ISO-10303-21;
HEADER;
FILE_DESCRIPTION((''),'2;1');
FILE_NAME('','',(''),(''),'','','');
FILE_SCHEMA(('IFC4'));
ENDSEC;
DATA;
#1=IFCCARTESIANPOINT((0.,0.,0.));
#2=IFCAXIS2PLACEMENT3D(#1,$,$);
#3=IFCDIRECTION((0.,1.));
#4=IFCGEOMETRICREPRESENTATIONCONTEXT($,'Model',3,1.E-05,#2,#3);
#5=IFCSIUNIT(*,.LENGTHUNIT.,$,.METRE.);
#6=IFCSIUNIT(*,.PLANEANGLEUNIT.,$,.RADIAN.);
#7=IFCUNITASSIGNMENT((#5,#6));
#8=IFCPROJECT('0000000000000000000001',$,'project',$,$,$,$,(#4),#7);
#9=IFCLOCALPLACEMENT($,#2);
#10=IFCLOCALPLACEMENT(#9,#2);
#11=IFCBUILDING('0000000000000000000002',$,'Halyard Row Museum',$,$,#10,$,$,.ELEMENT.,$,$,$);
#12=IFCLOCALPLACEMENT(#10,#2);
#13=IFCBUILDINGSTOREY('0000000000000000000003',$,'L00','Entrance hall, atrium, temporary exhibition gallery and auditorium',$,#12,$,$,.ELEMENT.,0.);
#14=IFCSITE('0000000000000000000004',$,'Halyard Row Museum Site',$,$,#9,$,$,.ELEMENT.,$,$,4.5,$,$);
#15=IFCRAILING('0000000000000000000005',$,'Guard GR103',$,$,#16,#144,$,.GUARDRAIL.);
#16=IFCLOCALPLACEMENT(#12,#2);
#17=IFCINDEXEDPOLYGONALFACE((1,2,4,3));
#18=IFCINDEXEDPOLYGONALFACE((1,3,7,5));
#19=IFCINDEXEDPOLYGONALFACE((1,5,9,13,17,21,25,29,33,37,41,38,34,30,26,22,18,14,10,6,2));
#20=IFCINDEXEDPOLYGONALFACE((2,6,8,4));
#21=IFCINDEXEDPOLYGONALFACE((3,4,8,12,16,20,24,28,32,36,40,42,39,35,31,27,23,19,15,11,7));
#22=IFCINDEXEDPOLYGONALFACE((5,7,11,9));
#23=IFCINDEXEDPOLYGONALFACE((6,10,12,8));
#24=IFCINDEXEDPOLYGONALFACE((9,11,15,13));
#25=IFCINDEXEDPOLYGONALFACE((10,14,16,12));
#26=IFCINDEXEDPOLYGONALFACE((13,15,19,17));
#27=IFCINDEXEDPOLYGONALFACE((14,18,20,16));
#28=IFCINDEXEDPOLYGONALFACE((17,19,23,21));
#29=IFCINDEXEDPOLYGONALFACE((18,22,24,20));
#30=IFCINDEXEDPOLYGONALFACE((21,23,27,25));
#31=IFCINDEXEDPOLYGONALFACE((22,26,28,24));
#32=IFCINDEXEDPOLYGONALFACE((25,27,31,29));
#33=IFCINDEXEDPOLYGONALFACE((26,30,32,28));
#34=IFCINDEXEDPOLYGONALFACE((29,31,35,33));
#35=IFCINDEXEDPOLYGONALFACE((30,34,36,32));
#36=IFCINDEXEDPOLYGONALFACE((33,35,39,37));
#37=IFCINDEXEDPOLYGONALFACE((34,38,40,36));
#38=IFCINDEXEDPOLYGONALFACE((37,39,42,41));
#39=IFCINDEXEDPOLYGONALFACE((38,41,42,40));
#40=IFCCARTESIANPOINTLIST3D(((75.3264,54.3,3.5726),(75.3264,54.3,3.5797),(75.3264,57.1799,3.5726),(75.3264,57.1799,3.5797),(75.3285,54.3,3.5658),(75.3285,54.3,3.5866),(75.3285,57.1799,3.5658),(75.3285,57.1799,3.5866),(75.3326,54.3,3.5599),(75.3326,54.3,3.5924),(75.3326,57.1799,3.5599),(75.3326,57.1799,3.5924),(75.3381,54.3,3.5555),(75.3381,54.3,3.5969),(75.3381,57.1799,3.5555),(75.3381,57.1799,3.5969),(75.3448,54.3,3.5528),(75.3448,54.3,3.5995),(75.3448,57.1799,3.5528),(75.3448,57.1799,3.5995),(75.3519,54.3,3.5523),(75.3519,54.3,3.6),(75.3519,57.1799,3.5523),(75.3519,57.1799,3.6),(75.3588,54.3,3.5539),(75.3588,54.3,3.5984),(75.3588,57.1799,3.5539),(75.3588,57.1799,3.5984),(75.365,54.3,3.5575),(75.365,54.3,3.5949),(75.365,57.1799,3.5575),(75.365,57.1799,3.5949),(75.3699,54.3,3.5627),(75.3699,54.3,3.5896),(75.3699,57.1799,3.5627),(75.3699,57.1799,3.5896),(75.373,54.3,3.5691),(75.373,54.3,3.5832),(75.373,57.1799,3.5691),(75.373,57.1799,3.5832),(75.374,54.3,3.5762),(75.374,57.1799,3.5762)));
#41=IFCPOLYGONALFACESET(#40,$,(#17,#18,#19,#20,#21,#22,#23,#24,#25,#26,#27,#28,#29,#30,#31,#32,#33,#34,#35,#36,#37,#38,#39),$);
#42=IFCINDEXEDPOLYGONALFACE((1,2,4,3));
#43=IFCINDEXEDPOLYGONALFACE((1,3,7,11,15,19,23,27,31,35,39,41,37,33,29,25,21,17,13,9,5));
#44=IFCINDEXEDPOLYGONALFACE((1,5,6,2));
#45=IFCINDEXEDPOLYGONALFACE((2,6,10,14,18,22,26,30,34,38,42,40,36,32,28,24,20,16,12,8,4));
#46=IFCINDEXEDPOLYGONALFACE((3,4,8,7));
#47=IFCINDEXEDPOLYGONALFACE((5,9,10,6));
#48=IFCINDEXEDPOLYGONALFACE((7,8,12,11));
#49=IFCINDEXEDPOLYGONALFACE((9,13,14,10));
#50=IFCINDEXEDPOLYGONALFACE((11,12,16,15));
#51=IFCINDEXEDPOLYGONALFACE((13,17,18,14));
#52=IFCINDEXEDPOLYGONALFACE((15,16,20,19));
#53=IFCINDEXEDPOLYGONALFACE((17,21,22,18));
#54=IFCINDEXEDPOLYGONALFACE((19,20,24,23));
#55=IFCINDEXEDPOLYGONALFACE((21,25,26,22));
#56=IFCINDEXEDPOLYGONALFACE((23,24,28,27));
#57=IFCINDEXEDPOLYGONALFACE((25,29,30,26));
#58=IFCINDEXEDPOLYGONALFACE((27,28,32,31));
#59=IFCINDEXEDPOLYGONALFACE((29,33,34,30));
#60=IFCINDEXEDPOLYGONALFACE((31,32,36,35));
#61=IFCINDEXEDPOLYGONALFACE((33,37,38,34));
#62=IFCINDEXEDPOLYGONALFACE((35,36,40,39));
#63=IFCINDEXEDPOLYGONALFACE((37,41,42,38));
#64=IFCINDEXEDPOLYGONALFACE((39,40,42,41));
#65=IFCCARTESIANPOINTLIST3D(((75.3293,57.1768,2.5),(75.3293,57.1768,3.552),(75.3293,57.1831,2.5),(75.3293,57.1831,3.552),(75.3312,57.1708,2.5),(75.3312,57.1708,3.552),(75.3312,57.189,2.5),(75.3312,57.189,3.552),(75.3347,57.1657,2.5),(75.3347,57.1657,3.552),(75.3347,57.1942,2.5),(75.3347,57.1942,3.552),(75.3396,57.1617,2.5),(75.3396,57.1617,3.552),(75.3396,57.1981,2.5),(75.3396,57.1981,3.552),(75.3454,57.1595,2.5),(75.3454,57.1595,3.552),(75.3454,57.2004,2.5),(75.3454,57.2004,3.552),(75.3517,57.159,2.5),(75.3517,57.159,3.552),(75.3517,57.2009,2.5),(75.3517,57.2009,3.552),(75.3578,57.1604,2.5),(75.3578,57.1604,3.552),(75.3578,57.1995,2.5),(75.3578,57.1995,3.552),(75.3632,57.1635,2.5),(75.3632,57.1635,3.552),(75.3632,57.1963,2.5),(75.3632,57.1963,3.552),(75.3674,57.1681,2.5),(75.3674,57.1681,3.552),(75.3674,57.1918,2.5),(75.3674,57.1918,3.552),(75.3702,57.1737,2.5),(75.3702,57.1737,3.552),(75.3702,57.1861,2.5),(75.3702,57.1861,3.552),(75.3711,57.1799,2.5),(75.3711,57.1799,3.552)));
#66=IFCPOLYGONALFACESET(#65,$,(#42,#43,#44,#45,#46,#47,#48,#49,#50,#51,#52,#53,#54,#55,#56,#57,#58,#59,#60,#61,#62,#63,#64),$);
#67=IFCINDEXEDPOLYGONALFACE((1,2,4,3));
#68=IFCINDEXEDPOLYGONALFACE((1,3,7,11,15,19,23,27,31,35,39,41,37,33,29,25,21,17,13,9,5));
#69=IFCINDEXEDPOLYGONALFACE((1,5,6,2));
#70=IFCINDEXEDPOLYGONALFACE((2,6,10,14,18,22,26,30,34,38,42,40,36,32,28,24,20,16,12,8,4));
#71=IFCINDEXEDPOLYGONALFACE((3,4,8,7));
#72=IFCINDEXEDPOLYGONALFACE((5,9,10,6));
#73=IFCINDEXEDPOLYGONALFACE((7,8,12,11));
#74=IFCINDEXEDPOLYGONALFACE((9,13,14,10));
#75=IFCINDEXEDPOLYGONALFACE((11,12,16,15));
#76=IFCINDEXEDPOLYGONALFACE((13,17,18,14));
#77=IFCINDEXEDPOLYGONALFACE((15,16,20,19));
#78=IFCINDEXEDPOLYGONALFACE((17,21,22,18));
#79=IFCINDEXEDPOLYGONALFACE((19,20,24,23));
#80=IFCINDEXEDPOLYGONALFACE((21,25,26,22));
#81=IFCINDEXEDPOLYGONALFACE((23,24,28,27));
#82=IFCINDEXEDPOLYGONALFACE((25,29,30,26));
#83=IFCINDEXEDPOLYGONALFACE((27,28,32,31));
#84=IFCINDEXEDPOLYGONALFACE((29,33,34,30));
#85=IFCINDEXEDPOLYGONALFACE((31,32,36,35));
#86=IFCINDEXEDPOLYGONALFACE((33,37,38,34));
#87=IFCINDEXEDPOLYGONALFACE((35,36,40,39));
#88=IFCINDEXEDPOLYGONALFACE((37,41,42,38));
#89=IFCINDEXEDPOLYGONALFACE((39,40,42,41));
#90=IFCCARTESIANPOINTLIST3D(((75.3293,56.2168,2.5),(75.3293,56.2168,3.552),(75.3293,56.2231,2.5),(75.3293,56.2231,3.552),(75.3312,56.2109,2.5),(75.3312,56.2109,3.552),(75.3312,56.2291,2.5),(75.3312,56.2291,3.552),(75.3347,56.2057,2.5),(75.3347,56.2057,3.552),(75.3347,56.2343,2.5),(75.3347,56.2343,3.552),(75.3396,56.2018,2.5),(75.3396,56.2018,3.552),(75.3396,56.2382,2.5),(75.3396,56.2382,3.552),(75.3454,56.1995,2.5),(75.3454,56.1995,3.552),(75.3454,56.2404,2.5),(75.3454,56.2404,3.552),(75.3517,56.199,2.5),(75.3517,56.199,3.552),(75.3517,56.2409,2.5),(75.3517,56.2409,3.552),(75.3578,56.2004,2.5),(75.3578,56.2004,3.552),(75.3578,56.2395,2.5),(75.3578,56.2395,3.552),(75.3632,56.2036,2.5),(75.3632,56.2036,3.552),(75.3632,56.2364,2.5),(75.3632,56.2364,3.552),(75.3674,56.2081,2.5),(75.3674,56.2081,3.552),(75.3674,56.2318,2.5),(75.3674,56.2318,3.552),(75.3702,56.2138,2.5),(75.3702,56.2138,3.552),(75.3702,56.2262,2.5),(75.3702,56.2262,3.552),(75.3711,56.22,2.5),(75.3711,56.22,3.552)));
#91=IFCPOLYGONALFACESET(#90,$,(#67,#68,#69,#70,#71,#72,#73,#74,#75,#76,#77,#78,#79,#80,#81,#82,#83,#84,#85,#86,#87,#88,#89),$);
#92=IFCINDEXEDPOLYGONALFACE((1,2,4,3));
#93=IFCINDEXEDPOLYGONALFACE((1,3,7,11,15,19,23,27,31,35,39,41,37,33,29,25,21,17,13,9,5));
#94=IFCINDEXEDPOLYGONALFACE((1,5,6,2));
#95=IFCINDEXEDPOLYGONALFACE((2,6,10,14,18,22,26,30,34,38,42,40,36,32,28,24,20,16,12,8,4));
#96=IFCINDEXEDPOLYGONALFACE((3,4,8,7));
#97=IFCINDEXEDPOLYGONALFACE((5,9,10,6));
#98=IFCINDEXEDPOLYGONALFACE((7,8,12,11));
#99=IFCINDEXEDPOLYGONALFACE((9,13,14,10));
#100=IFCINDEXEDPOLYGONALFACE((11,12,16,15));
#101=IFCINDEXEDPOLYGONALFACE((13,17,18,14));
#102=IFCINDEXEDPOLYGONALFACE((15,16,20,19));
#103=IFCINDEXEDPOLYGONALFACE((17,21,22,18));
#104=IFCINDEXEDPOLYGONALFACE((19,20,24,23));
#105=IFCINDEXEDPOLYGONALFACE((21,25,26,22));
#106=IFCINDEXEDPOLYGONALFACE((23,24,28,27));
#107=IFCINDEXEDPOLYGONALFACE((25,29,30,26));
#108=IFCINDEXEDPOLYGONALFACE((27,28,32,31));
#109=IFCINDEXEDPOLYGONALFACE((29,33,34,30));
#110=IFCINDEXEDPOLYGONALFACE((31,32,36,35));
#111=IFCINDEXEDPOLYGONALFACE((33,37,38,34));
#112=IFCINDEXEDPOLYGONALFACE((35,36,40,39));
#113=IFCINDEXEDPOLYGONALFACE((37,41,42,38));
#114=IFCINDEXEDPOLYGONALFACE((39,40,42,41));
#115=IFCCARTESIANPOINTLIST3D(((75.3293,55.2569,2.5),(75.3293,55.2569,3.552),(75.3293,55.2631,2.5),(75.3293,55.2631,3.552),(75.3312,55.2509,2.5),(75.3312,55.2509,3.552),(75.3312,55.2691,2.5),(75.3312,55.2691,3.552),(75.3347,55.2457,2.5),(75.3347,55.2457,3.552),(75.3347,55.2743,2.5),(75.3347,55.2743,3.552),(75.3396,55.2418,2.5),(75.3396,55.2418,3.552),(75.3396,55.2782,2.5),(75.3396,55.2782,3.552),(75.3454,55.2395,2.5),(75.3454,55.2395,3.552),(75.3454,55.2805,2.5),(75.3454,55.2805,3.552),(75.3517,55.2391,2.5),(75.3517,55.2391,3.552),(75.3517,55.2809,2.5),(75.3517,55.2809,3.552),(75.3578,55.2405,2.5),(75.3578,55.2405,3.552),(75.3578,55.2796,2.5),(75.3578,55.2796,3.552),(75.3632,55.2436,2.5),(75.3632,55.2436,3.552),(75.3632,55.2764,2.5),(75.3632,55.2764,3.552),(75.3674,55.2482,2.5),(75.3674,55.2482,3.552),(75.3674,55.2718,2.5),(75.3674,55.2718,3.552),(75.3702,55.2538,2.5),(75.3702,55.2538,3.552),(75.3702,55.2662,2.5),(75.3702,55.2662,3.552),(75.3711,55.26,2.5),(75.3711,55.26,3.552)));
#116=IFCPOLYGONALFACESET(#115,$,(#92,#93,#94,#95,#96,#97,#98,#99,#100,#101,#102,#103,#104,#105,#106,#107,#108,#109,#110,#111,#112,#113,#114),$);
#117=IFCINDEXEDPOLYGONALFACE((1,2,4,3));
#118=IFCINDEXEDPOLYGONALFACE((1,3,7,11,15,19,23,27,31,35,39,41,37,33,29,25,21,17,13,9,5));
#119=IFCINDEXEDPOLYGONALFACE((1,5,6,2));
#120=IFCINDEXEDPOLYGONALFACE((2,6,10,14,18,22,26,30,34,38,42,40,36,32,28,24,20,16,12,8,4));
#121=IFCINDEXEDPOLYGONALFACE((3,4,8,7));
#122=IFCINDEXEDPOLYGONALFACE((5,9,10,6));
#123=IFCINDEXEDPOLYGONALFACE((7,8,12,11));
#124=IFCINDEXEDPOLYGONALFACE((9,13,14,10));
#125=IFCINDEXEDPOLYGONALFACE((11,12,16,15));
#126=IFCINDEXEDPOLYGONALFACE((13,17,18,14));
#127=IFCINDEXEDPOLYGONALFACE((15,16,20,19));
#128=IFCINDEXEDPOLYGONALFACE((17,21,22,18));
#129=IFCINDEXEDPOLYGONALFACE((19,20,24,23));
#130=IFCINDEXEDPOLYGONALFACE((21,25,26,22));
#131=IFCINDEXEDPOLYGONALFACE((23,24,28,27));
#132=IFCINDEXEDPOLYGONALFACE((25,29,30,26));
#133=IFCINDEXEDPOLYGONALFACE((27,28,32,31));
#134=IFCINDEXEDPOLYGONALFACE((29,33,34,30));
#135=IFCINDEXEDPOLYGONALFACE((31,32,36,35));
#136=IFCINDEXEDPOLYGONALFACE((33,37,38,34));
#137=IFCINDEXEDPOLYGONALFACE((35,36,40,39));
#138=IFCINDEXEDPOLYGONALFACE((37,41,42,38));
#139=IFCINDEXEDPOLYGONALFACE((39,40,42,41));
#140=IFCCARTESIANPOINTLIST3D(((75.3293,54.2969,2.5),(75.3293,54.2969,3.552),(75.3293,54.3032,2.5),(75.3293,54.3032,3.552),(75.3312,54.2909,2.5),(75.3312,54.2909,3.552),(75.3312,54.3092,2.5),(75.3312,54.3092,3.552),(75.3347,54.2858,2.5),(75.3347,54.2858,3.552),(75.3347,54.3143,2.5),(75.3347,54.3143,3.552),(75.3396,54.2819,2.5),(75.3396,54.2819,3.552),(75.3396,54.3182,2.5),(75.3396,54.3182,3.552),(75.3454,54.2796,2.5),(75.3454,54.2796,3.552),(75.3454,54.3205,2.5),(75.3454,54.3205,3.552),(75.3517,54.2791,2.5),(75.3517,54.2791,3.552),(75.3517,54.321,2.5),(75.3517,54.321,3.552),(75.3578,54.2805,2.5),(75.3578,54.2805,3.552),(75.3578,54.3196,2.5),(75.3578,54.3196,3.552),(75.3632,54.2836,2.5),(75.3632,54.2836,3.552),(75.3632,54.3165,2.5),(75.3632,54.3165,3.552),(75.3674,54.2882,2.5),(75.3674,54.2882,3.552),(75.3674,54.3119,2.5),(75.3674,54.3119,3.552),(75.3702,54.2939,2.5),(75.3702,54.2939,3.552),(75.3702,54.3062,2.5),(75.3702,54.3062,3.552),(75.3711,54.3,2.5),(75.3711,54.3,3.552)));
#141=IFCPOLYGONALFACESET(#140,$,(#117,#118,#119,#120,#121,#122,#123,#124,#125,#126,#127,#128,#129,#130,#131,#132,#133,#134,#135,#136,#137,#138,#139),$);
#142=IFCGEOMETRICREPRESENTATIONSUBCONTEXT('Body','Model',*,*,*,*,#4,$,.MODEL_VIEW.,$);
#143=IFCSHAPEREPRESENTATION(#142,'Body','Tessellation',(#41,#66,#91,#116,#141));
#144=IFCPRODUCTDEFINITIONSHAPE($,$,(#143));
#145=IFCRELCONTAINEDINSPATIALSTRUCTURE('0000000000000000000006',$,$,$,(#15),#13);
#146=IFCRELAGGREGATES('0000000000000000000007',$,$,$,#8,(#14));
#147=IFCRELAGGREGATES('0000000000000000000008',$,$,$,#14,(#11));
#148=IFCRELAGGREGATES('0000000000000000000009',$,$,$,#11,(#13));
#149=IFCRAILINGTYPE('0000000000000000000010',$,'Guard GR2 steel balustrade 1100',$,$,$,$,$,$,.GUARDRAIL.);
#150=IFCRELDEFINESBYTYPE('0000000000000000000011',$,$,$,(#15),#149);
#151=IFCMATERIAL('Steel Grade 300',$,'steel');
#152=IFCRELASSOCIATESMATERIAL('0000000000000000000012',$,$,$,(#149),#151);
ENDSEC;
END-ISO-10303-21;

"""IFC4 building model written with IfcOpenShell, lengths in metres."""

from ifc_helpers import new_model, si_unit, direction, frame, origin, origin_2d, place, context, subcontext, project, spatial, circle, extrude, material, type_object, element, save


model = new_model("IFC4")

# Units and contexts
model_context = context("Model", 3, precision=1e-05, world=origin(), true_north=direction((0.0, 1.0)))
body_context = subcontext(model_context, "Body", "Model", "MODEL_VIEW")
ifc_project = project(units=[si_unit("LENGTHUNIT", "METRE"), si_unit("PLANEANGLEUNIT", "RADIAN")], contexts=[model_context])

# Site, building, storey
site_placement = place(None, origin())
site = spatial("IfcSite", under=ifc_project, at=site_placement, Name="Halyard Row Museum Site", CompositionType="ELEMENT", RefElevation=4.5)
building_placement = place(site_placement, origin())
building = spatial("IfcBuilding", under=site, at=building_placement, Name="Halyard Row Museum", CompositionType="ELEMENT")
storey_placement = place(building_placement, origin())
storey = spatial("IfcBuildingStorey", under=building, at=storey_placement, Name="L00", Description="Entrance hall, atrium, temporary exhibition gallery and auditorium", CompositionType="ELEMENT", Elevation=0.0)

# Railing
ifc_material_1 = material(Name="Steel Grade 300", Category="steel")
railing_type_1 = type_object("IfcRailingType", Name="Guard GR2 steel balustrade 1100", PredefinedType="GUARDRAIL", material=ifc_material_1)
railing_1_placement = place(storey_placement, frame((75.3501, 57.1799, 2.5)))
element("IfcRailing", 1, at=railing_1_placement, inside=storey, type_object=railing_type_1, Name="Guard GR103", PredefinedType="GUARDRAIL", context=body_context, shape_type="SweptSolid", body=[
    extrude(circle(Radius=0.0239, at=origin_2d()), frame((0.0, 0.0, 1.0762), z_axis=(0.0, -1.0, 0.0), x_axis=(1.0, 0.0, 0.0)), (0.0, 0.0, 1.0), 2.8799),
    extrude(circle(Radius=0.021, at=origin_2d()), origin(), (0.0, 0.0, 1.0), 1.052),
    extrude(circle(Radius=0.021, at=origin_2d()), frame((0.0, -0.96, 0.0)), (0.0, 0.0, 1.0), 1.052),
    extrude(circle(Radius=0.021, at=origin_2d()), frame((0.0, -1.9199, 0.0)), (0.0, 0.0, 1.0), 1.052),
    extrude(circle(Radius=0.021, at=origin_2d()), frame((0.0, -2.8799, 0.0)), (0.0, 0.0, 1.0), 1.052),
])

save(model, "model.ifc")
